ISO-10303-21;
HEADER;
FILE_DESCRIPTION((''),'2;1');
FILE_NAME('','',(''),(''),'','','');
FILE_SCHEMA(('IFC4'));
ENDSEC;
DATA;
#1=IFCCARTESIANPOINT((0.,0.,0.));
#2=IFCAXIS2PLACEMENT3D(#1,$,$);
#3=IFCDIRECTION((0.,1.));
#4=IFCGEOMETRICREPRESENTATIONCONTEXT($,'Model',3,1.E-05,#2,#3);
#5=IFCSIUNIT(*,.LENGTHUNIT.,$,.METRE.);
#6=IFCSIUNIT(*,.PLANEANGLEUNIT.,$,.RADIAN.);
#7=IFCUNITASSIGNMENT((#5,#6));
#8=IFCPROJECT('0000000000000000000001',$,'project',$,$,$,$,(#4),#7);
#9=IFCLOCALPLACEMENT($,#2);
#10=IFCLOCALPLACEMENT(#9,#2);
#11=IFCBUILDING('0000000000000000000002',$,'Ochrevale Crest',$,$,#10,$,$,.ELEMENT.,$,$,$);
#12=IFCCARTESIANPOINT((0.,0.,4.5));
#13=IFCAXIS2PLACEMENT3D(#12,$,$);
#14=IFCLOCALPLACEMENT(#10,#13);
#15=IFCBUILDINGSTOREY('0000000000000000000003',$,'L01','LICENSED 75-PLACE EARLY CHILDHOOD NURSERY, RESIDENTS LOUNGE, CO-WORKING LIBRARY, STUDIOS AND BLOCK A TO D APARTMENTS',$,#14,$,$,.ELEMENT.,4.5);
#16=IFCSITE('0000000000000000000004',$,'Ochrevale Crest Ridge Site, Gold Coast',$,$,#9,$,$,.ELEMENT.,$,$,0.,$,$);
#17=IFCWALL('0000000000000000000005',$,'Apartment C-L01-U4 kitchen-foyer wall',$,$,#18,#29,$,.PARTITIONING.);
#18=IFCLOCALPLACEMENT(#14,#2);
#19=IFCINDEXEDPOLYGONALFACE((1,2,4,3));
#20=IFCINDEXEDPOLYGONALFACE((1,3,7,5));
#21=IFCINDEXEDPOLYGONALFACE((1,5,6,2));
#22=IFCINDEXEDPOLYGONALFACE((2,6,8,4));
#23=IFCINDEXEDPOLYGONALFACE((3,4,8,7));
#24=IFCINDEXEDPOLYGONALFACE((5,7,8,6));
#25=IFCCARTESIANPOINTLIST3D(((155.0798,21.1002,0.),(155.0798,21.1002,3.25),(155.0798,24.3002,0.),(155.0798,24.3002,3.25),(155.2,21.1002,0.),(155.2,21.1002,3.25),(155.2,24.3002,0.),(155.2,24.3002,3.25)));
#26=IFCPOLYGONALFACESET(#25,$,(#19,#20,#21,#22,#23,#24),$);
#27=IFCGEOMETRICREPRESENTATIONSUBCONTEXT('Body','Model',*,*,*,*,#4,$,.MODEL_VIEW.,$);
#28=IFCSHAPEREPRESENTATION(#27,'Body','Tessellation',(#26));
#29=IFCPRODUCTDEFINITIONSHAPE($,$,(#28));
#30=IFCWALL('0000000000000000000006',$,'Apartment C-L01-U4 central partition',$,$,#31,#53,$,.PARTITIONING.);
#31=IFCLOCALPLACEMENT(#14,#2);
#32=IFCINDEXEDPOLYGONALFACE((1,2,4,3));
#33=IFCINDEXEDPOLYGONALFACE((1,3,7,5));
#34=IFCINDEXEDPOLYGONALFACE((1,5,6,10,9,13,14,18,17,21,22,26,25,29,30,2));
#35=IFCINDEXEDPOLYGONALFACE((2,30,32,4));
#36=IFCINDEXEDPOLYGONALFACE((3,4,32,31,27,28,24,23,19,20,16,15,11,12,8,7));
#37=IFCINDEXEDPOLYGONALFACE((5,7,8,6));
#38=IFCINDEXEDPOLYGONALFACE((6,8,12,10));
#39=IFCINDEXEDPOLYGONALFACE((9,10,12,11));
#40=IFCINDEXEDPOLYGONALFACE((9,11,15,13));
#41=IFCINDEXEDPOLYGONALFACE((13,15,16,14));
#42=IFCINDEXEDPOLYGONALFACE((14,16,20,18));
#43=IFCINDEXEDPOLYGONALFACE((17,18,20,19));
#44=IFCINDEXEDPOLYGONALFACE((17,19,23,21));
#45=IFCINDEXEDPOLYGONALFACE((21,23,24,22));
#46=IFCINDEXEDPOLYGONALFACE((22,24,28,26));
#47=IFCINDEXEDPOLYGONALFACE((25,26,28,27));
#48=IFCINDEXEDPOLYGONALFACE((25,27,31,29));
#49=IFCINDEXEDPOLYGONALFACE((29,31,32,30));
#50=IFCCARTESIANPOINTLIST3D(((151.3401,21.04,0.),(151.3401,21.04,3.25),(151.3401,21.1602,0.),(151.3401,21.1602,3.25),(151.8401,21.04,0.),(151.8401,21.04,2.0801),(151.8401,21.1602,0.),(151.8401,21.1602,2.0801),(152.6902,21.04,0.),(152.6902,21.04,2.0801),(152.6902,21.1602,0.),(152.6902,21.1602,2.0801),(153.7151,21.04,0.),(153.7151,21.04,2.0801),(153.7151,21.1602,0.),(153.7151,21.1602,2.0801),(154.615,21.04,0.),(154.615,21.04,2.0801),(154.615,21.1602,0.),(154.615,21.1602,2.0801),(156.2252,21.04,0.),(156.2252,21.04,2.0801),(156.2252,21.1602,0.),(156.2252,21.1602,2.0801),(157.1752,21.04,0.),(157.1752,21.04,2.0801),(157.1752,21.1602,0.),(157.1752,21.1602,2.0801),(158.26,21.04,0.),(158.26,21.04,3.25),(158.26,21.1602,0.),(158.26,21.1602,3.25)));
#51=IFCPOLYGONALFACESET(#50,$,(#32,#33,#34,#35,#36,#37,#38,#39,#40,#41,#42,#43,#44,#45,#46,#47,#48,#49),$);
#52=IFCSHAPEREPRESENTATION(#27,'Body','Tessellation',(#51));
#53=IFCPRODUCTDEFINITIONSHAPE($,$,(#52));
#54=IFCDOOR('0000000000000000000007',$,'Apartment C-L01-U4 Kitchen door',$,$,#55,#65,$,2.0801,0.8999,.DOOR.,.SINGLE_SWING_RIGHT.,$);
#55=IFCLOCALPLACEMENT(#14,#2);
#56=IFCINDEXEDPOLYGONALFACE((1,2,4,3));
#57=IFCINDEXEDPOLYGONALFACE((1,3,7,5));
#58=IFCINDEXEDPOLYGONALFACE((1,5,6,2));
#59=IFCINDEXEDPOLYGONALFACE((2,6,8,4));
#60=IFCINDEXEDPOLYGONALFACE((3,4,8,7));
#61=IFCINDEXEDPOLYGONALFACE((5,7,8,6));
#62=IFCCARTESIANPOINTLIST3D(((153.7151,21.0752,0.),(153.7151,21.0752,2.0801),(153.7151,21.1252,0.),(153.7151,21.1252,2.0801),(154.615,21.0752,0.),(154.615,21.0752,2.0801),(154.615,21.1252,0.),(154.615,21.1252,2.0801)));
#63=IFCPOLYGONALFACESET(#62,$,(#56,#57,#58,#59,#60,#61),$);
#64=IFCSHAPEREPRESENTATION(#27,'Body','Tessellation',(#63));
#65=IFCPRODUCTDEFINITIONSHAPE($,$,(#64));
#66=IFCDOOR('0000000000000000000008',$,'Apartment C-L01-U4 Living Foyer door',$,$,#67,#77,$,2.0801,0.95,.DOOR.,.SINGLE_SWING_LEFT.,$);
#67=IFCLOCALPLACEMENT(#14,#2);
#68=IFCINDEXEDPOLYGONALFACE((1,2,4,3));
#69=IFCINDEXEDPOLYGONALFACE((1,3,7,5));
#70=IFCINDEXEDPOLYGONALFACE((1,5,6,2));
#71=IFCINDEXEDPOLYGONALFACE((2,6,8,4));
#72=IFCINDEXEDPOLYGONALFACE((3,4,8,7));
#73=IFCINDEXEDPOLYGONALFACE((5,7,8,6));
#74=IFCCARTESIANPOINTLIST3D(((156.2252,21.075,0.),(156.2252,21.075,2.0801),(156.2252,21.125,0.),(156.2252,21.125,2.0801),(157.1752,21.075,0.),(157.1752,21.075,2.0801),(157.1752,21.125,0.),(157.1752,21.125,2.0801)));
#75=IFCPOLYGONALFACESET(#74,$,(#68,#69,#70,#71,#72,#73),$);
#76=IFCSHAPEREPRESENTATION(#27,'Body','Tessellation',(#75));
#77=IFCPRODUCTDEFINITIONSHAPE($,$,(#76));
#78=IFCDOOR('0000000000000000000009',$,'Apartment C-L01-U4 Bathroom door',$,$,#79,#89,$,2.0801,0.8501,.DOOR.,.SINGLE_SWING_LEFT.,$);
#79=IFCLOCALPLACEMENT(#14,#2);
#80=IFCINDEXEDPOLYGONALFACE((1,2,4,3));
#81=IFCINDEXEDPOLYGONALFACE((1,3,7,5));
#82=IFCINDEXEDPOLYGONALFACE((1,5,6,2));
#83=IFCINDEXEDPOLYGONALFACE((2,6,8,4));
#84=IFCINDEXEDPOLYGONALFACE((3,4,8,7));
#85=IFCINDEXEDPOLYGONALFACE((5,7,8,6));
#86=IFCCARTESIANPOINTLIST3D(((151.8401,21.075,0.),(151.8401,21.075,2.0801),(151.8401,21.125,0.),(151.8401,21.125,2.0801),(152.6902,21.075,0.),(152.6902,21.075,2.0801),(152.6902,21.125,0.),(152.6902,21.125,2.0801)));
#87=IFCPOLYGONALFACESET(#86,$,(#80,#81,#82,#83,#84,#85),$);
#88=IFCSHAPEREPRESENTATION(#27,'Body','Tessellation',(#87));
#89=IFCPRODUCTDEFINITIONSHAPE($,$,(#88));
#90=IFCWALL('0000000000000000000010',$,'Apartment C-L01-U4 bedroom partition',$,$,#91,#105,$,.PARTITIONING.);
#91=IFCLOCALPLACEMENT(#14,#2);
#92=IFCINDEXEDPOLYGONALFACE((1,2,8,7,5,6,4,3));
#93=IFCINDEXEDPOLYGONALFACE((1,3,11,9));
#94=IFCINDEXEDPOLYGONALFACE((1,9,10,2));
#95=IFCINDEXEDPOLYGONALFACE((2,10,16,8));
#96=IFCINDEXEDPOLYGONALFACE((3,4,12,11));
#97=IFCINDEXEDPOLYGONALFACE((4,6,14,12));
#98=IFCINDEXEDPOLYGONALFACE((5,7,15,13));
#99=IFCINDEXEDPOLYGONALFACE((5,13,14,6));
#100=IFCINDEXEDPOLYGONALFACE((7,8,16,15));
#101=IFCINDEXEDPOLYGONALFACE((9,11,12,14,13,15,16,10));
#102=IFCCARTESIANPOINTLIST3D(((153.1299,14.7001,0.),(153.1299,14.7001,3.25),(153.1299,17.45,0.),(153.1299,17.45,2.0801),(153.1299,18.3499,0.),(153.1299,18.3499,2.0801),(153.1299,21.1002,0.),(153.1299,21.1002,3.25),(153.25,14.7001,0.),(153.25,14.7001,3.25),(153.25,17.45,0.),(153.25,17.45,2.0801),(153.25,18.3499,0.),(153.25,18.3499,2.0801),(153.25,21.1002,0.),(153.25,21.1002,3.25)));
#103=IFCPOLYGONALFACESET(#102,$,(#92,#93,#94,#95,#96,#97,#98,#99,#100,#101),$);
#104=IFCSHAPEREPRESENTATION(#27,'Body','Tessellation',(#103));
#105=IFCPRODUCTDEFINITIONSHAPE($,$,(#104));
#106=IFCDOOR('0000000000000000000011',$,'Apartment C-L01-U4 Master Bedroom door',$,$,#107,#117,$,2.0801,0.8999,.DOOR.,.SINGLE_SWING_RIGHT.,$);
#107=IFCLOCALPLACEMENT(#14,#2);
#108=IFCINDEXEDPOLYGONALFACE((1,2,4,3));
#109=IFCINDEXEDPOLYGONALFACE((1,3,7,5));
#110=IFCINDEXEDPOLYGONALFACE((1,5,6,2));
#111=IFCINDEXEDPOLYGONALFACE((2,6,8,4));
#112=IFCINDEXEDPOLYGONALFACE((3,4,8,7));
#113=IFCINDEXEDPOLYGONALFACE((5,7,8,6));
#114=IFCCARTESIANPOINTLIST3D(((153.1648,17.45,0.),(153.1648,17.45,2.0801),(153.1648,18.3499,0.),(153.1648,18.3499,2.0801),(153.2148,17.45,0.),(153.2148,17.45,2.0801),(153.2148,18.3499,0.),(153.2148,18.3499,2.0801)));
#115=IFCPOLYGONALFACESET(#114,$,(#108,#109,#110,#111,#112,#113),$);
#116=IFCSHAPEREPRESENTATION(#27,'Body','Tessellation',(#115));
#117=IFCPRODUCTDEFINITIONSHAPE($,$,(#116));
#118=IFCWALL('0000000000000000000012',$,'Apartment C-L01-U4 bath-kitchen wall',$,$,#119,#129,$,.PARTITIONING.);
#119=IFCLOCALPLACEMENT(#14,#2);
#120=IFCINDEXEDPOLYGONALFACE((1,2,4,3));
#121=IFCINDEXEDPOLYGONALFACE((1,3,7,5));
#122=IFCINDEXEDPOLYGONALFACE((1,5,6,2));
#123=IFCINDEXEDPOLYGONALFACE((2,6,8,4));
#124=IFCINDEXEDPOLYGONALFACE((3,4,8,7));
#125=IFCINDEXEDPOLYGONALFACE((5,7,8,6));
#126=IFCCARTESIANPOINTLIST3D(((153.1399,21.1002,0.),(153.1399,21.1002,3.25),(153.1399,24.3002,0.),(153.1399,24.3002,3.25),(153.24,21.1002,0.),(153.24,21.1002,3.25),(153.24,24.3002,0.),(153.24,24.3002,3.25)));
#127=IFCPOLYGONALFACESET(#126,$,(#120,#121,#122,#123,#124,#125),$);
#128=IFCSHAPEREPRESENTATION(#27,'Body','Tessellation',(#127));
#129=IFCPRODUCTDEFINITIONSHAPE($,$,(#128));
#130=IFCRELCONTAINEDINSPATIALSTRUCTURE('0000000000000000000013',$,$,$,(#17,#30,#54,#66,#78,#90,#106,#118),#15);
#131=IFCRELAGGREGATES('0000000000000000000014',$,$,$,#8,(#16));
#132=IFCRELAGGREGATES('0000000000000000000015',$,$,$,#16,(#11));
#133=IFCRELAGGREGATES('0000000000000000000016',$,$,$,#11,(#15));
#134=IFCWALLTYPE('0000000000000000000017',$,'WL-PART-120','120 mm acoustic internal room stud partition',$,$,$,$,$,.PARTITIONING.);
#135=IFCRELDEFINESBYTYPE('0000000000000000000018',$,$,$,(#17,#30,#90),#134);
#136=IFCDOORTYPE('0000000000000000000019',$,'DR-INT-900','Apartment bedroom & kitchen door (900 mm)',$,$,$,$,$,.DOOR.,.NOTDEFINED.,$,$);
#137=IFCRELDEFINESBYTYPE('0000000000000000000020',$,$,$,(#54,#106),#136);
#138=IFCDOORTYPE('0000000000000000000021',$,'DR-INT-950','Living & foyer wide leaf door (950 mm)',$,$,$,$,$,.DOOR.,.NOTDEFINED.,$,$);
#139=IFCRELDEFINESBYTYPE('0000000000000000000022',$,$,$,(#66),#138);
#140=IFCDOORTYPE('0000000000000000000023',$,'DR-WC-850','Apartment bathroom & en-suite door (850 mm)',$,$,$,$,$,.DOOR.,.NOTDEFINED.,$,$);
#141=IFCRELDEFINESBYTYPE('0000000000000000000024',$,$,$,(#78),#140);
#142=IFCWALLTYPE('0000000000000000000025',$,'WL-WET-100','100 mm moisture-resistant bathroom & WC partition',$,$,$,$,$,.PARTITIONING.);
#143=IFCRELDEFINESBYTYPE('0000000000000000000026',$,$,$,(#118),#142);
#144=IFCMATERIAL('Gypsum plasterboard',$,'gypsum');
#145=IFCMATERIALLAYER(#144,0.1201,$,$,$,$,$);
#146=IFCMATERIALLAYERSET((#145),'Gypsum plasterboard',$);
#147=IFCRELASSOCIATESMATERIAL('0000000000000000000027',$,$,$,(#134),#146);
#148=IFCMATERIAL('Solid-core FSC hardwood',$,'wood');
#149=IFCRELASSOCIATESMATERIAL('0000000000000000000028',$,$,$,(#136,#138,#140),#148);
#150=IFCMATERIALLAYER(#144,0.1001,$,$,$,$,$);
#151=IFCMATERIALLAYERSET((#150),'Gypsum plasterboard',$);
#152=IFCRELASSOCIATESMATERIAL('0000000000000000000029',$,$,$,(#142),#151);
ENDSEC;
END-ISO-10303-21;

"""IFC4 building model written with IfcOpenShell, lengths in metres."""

from ifc_helpers import new_model, si_unit, direction, frame, frame_2d, origin, place, context, subcontext, project, spatial, rectangle, extrude, material, layer, layer_set, type_object, element, fill, save


model = new_model("IFC4")

# Units and contexts
model_context = context("Model", 3, precision=1e-05, world=origin(), true_north=direction((0.0, 1.0)))
body_context = subcontext(model_context, "Body", "Model", "MODEL_VIEW")
ifc_project = project(units=[si_unit("LENGTHUNIT", "METRE"), si_unit("PLANEANGLEUNIT", "RADIAN")], contexts=[model_context])

# Site, building, storey
site_placement = place(None, origin())
site = spatial("IfcSite", under=ifc_project, at=site_placement, Name="Ochrevale Crest Ridge Site, Gold Coast", CompositionType="ELEMENT", RefElevation=0.0)
building_placement = place(site_placement, origin())
building = spatial("IfcBuilding", under=site, at=building_placement, Name="Ochrevale Crest", CompositionType="ELEMENT")
storey_placement = place(building_placement, frame((0.0, 0.0, 4.5)))
storey = spatial("IfcBuildingStorey", under=building, at=storey_placement, Name="L01", Description="LICENSED 75-PLACE EARLY CHILDHOOD NURSERY, RESIDENTS LOUNGE, CO-WORKING LIBRARY, STUDIOS AND BLOCK A TO D APARTMENTS", CompositionType="ELEMENT", Elevation=4.5)

# Wall
ifc_material_1 = material(Name="Gypsum plasterboard", Category="gypsum")
ifc_layer_1 = layer(ifc_material_1, 0.1201)
ifc_layer_set_1 = layer_set([ifc_layer_1], Name="Gypsum plasterboard")
wall_type_1 = type_object("IfcWallType", Name="WL-PART-120", Description="120 mm acoustic internal room stud partition", PredefinedType="PARTITIONING", material=ifc_layer_set_1)
wall_1_placement = place(storey_placement, frame((155.1399, 21.1001, 0.0), z_axis=(0.0, 0.0, 1.0), x_axis=(0.0, 1.0, 0.0)))
element("IfcWall", 1, at=wall_1_placement, inside=storey, type_object=wall_type_1, Name="Apartment C-L01-U4 kitchen-foyer wall", PredefinedType="PARTITIONING", context=body_context, shape_type="SweptSolid", body=[
    extrude(rectangle(XDim=3.2, YDim=0.1201, at=frame_2d((1.6001, 0.0))), origin(), (0.0, 0.0, 1.0), 3.25),
])

# Wall, openings, doors
wall_2_placement = place(storey_placement, frame((151.3401, 21.1001, 0.0), z_axis=(0.0, 0.0, 1.0), x_axis=(1.0, 0.0, 0.0)))
wall_2 = element("IfcWall", 2, at=wall_2_placement, inside=storey, type_object=wall_type_1, Name="Apartment C-L01-U4 central partition", PredefinedType="PARTITIONING", context=body_context, shape_type="SweptSolid", body=[
    extrude(rectangle(XDim=6.9199, YDim=0.1201, at=frame_2d((3.46, 0.0))), origin(), (0.0, 0.0, 1.0), 3.25),
])
opening_1_placement = place(wall_2_placement, frame((0.5, 0.0, 0.0)))
opening_1 = element("IfcOpeningElement", 3, at=opening_1_placement, cuts=wall_2, PredefinedType="OPENING", context=body_context, shape_type="SweptSolid", body=[
    extrude(rectangle(XDim=0.8501, YDim=2.0801, at=frame_2d((0.425, 1.04))), frame((0.0, 0.0701, 0.0), z_axis=(0.0, -1.0, 0.0), x_axis=(1.0, 0.0, 0.0)), (0.0, 0.0, 1.0), 0.1401),
])
opening_2_placement = place(wall_2_placement, frame((3.2749, 0.0, 0.0), z_axis=(0.0, 0.0, 1.0), x_axis=(-1.0, 0.0, 0.0)))
opening_2 = element("IfcOpeningElement", 4, at=opening_2_placement, cuts=wall_2, PredefinedType="OPENING", context=body_context, shape_type="SweptSolid", body=[
    extrude(rectangle(XDim=0.8999, YDim=2.0801, at=frame_2d((0.45, 1.04))), frame((0.0, 0.0701, 0.0), z_axis=(0.0, -1.0, 0.0), x_axis=(1.0, 0.0, 0.0)), (0.0, 0.0, 1.0), 0.1401),
])
opening_3_placement = place(wall_2_placement, frame((4.885, 0.0, 0.0)))
opening_3 = element("IfcOpeningElement", 5, at=opening_3_placement, cuts=wall_2, PredefinedType="OPENING", context=body_context, shape_type="SweptSolid", body=[
    extrude(rectangle(XDim=0.95, YDim=2.0801, at=frame_2d((0.4751, 1.04))), frame((0.0, 0.0701, 0.0), z_axis=(0.0, -1.0, 0.0), x_axis=(1.0, 0.0, 0.0)), (0.0, 0.0, 1.0), 0.1401),
])
ifc_material_2 = material(Name="Solid-core FSC hardwood", Category="wood")
door_type_1 = type_object("IfcDoorType", Name="DR-INT-900", Description="Apartment bedroom & kitchen door (900 mm)", OperationType="NOTDEFINED", PredefinedType="DOOR", material=ifc_material_2)
door_1_placement = place(opening_2_placement, origin())
door_1 = element("IfcDoor", 6, at=door_1_placement, inside=storey, type_object=door_type_1, Name="Apartment C-L01-U4 Kitchen door", OperationType="SINGLE_SWING_RIGHT", OverallHeight=2.0801, OverallWidth=0.8999, PredefinedType="DOOR", context=body_context, shape_type="SweptSolid", body=[
    extrude(rectangle(XDim=0.8999, YDim=2.0801, at=frame_2d((0.45, 1.04))), frame((0.0, 0.0249, 0.0), z_axis=(0.0, -1.0, 0.0), x_axis=(1.0, 0.0, 0.0)), (0.0, 0.0, 1.0), 0.05),
])
fill(opening_2, door_1)
door_type_2 = type_object("IfcDoorType", Name="DR-INT-950", Description="Living & foyer wide leaf door (950 mm)", OperationType="NOTDEFINED", PredefinedType="DOOR", material=ifc_material_2)
door_2_placement = place(opening_3_placement, origin())
door_2 = element("IfcDoor", 7, at=door_2_placement, inside=storey, type_object=door_type_2, Name="Apartment C-L01-U4 Living Foyer door", OperationType="SINGLE_SWING_LEFT", OverallHeight=2.0801, OverallWidth=0.95, PredefinedType="DOOR", context=body_context, shape_type="SweptSolid", body=[
    extrude(rectangle(XDim=0.95, YDim=2.0801, at=frame_2d((0.4751, 1.04))), frame((0.0, 0.0249, 0.0), z_axis=(0.0, -1.0, 0.0), x_axis=(1.0, 0.0, 0.0)), (0.0, 0.0, 1.0), 0.05),
])
fill(opening_3, door_2)
door_type_3 = type_object("IfcDoorType", Name="DR-WC-850", Description="Apartment bathroom & en-suite door (850 mm)", OperationType="NOTDEFINED", PredefinedType="DOOR", material=ifc_material_2)
door_3_placement = place(opening_1_placement, origin())
door_3 = element("IfcDoor", 8, at=door_3_placement, inside=storey, type_object=door_type_3, Name="Apartment C-L01-U4 Bathroom door", OperationType="SINGLE_SWING_LEFT", OverallHeight=2.0801, OverallWidth=0.8501, PredefinedType="DOOR", context=body_context, shape_type="SweptSolid", body=[
    extrude(rectangle(XDim=0.8501, YDim=2.0801, at=frame_2d((0.425, 1.04))), frame((0.0, 0.0249, 0.0), z_axis=(0.0, -1.0, 0.0), x_axis=(1.0, 0.0, 0.0)), (0.0, 0.0, 1.0), 0.05),
])
fill(opening_1, door_3)

# Wall, opening, door
wall_3_placement = place(storey_placement, frame((153.1899, 14.7, 0.0), z_axis=(0.0, 0.0, 1.0), x_axis=(0.0, 1.0, 0.0)))
wall_3 = element("IfcWall", 9, at=wall_3_placement, inside=storey, type_object=wall_type_1, Name="Apartment C-L01-U4 bedroom partition", PredefinedType="PARTITIONING", context=body_context, shape_type="SweptSolid", body=[
    extrude(rectangle(XDim=6.4001, YDim=0.1201, at=frame_2d((3.2002, 0.0))), origin(), (0.0, 0.0, 1.0), 3.25),
])
opening_4_placement = place(wall_3_placement, frame((3.6499, 0.0, 0.0), z_axis=(0.0, 0.0, 1.0), x_axis=(-1.0, 0.0, 0.0)))
opening_4 = element("IfcOpeningElement", 10, at=opening_4_placement, cuts=wall_3, PredefinedType="OPENING", context=body_context, shape_type="SweptSolid", body=[
    extrude(rectangle(XDim=0.8999, YDim=2.0801, at=frame_2d((0.45, 1.04))), frame((0.0, 0.0701, 0.0), z_axis=(0.0, -1.0, 0.0), x_axis=(1.0, 0.0, 0.0)), (0.0, 0.0, 1.0), 0.1401),
])
door_4_placement = place(opening_4_placement, origin())
door_4 = element("IfcDoor", 11, at=door_4_placement, inside=storey, type_object=door_type_1, Name="Apartment C-L01-U4 Master Bedroom door", OperationType="SINGLE_SWING_RIGHT", OverallHeight=2.0801, OverallWidth=0.8999, PredefinedType="DOOR", context=body_context, shape_type="SweptSolid", body=[
    extrude(rectangle(XDim=0.8999, YDim=2.0801, at=frame_2d((0.45, 1.04))), frame((0.0, 0.0249, 0.0), z_axis=(0.0, -1.0, 0.0), x_axis=(1.0, 0.0, 0.0)), (0.0, 0.0, 1.0), 0.05),
])
fill(opening_4, door_4)

# Wall
ifc_layer_2 = layer(ifc_material_1, 0.1001)
ifc_layer_set_2 = layer_set([ifc_layer_2], Name="Gypsum plasterboard")
wall_type_2 = type_object("IfcWallType", Name="WL-WET-100", Description="100 mm moisture-resistant bathroom & WC partition", PredefinedType="PARTITIONING", material=ifc_layer_set_2)
wall_4_placement = place(storey_placement, frame((153.1899, 21.1001, 0.0), z_axis=(0.0, 0.0, 1.0), x_axis=(0.0, 1.0, 0.0)))
element("IfcWall", 12, at=wall_4_placement, inside=storey, type_object=wall_type_2, Name="Apartment C-L01-U4 bath-kitchen wall", PredefinedType="PARTITIONING", context=body_context, shape_type="SweptSolid", body=[
    extrude(rectangle(XDim=3.2, YDim=0.1001, at=frame_2d((1.6001, 0.0))), origin(), (0.0, 0.0, 1.0), 3.25),
])

save(model, "model.ifc")
